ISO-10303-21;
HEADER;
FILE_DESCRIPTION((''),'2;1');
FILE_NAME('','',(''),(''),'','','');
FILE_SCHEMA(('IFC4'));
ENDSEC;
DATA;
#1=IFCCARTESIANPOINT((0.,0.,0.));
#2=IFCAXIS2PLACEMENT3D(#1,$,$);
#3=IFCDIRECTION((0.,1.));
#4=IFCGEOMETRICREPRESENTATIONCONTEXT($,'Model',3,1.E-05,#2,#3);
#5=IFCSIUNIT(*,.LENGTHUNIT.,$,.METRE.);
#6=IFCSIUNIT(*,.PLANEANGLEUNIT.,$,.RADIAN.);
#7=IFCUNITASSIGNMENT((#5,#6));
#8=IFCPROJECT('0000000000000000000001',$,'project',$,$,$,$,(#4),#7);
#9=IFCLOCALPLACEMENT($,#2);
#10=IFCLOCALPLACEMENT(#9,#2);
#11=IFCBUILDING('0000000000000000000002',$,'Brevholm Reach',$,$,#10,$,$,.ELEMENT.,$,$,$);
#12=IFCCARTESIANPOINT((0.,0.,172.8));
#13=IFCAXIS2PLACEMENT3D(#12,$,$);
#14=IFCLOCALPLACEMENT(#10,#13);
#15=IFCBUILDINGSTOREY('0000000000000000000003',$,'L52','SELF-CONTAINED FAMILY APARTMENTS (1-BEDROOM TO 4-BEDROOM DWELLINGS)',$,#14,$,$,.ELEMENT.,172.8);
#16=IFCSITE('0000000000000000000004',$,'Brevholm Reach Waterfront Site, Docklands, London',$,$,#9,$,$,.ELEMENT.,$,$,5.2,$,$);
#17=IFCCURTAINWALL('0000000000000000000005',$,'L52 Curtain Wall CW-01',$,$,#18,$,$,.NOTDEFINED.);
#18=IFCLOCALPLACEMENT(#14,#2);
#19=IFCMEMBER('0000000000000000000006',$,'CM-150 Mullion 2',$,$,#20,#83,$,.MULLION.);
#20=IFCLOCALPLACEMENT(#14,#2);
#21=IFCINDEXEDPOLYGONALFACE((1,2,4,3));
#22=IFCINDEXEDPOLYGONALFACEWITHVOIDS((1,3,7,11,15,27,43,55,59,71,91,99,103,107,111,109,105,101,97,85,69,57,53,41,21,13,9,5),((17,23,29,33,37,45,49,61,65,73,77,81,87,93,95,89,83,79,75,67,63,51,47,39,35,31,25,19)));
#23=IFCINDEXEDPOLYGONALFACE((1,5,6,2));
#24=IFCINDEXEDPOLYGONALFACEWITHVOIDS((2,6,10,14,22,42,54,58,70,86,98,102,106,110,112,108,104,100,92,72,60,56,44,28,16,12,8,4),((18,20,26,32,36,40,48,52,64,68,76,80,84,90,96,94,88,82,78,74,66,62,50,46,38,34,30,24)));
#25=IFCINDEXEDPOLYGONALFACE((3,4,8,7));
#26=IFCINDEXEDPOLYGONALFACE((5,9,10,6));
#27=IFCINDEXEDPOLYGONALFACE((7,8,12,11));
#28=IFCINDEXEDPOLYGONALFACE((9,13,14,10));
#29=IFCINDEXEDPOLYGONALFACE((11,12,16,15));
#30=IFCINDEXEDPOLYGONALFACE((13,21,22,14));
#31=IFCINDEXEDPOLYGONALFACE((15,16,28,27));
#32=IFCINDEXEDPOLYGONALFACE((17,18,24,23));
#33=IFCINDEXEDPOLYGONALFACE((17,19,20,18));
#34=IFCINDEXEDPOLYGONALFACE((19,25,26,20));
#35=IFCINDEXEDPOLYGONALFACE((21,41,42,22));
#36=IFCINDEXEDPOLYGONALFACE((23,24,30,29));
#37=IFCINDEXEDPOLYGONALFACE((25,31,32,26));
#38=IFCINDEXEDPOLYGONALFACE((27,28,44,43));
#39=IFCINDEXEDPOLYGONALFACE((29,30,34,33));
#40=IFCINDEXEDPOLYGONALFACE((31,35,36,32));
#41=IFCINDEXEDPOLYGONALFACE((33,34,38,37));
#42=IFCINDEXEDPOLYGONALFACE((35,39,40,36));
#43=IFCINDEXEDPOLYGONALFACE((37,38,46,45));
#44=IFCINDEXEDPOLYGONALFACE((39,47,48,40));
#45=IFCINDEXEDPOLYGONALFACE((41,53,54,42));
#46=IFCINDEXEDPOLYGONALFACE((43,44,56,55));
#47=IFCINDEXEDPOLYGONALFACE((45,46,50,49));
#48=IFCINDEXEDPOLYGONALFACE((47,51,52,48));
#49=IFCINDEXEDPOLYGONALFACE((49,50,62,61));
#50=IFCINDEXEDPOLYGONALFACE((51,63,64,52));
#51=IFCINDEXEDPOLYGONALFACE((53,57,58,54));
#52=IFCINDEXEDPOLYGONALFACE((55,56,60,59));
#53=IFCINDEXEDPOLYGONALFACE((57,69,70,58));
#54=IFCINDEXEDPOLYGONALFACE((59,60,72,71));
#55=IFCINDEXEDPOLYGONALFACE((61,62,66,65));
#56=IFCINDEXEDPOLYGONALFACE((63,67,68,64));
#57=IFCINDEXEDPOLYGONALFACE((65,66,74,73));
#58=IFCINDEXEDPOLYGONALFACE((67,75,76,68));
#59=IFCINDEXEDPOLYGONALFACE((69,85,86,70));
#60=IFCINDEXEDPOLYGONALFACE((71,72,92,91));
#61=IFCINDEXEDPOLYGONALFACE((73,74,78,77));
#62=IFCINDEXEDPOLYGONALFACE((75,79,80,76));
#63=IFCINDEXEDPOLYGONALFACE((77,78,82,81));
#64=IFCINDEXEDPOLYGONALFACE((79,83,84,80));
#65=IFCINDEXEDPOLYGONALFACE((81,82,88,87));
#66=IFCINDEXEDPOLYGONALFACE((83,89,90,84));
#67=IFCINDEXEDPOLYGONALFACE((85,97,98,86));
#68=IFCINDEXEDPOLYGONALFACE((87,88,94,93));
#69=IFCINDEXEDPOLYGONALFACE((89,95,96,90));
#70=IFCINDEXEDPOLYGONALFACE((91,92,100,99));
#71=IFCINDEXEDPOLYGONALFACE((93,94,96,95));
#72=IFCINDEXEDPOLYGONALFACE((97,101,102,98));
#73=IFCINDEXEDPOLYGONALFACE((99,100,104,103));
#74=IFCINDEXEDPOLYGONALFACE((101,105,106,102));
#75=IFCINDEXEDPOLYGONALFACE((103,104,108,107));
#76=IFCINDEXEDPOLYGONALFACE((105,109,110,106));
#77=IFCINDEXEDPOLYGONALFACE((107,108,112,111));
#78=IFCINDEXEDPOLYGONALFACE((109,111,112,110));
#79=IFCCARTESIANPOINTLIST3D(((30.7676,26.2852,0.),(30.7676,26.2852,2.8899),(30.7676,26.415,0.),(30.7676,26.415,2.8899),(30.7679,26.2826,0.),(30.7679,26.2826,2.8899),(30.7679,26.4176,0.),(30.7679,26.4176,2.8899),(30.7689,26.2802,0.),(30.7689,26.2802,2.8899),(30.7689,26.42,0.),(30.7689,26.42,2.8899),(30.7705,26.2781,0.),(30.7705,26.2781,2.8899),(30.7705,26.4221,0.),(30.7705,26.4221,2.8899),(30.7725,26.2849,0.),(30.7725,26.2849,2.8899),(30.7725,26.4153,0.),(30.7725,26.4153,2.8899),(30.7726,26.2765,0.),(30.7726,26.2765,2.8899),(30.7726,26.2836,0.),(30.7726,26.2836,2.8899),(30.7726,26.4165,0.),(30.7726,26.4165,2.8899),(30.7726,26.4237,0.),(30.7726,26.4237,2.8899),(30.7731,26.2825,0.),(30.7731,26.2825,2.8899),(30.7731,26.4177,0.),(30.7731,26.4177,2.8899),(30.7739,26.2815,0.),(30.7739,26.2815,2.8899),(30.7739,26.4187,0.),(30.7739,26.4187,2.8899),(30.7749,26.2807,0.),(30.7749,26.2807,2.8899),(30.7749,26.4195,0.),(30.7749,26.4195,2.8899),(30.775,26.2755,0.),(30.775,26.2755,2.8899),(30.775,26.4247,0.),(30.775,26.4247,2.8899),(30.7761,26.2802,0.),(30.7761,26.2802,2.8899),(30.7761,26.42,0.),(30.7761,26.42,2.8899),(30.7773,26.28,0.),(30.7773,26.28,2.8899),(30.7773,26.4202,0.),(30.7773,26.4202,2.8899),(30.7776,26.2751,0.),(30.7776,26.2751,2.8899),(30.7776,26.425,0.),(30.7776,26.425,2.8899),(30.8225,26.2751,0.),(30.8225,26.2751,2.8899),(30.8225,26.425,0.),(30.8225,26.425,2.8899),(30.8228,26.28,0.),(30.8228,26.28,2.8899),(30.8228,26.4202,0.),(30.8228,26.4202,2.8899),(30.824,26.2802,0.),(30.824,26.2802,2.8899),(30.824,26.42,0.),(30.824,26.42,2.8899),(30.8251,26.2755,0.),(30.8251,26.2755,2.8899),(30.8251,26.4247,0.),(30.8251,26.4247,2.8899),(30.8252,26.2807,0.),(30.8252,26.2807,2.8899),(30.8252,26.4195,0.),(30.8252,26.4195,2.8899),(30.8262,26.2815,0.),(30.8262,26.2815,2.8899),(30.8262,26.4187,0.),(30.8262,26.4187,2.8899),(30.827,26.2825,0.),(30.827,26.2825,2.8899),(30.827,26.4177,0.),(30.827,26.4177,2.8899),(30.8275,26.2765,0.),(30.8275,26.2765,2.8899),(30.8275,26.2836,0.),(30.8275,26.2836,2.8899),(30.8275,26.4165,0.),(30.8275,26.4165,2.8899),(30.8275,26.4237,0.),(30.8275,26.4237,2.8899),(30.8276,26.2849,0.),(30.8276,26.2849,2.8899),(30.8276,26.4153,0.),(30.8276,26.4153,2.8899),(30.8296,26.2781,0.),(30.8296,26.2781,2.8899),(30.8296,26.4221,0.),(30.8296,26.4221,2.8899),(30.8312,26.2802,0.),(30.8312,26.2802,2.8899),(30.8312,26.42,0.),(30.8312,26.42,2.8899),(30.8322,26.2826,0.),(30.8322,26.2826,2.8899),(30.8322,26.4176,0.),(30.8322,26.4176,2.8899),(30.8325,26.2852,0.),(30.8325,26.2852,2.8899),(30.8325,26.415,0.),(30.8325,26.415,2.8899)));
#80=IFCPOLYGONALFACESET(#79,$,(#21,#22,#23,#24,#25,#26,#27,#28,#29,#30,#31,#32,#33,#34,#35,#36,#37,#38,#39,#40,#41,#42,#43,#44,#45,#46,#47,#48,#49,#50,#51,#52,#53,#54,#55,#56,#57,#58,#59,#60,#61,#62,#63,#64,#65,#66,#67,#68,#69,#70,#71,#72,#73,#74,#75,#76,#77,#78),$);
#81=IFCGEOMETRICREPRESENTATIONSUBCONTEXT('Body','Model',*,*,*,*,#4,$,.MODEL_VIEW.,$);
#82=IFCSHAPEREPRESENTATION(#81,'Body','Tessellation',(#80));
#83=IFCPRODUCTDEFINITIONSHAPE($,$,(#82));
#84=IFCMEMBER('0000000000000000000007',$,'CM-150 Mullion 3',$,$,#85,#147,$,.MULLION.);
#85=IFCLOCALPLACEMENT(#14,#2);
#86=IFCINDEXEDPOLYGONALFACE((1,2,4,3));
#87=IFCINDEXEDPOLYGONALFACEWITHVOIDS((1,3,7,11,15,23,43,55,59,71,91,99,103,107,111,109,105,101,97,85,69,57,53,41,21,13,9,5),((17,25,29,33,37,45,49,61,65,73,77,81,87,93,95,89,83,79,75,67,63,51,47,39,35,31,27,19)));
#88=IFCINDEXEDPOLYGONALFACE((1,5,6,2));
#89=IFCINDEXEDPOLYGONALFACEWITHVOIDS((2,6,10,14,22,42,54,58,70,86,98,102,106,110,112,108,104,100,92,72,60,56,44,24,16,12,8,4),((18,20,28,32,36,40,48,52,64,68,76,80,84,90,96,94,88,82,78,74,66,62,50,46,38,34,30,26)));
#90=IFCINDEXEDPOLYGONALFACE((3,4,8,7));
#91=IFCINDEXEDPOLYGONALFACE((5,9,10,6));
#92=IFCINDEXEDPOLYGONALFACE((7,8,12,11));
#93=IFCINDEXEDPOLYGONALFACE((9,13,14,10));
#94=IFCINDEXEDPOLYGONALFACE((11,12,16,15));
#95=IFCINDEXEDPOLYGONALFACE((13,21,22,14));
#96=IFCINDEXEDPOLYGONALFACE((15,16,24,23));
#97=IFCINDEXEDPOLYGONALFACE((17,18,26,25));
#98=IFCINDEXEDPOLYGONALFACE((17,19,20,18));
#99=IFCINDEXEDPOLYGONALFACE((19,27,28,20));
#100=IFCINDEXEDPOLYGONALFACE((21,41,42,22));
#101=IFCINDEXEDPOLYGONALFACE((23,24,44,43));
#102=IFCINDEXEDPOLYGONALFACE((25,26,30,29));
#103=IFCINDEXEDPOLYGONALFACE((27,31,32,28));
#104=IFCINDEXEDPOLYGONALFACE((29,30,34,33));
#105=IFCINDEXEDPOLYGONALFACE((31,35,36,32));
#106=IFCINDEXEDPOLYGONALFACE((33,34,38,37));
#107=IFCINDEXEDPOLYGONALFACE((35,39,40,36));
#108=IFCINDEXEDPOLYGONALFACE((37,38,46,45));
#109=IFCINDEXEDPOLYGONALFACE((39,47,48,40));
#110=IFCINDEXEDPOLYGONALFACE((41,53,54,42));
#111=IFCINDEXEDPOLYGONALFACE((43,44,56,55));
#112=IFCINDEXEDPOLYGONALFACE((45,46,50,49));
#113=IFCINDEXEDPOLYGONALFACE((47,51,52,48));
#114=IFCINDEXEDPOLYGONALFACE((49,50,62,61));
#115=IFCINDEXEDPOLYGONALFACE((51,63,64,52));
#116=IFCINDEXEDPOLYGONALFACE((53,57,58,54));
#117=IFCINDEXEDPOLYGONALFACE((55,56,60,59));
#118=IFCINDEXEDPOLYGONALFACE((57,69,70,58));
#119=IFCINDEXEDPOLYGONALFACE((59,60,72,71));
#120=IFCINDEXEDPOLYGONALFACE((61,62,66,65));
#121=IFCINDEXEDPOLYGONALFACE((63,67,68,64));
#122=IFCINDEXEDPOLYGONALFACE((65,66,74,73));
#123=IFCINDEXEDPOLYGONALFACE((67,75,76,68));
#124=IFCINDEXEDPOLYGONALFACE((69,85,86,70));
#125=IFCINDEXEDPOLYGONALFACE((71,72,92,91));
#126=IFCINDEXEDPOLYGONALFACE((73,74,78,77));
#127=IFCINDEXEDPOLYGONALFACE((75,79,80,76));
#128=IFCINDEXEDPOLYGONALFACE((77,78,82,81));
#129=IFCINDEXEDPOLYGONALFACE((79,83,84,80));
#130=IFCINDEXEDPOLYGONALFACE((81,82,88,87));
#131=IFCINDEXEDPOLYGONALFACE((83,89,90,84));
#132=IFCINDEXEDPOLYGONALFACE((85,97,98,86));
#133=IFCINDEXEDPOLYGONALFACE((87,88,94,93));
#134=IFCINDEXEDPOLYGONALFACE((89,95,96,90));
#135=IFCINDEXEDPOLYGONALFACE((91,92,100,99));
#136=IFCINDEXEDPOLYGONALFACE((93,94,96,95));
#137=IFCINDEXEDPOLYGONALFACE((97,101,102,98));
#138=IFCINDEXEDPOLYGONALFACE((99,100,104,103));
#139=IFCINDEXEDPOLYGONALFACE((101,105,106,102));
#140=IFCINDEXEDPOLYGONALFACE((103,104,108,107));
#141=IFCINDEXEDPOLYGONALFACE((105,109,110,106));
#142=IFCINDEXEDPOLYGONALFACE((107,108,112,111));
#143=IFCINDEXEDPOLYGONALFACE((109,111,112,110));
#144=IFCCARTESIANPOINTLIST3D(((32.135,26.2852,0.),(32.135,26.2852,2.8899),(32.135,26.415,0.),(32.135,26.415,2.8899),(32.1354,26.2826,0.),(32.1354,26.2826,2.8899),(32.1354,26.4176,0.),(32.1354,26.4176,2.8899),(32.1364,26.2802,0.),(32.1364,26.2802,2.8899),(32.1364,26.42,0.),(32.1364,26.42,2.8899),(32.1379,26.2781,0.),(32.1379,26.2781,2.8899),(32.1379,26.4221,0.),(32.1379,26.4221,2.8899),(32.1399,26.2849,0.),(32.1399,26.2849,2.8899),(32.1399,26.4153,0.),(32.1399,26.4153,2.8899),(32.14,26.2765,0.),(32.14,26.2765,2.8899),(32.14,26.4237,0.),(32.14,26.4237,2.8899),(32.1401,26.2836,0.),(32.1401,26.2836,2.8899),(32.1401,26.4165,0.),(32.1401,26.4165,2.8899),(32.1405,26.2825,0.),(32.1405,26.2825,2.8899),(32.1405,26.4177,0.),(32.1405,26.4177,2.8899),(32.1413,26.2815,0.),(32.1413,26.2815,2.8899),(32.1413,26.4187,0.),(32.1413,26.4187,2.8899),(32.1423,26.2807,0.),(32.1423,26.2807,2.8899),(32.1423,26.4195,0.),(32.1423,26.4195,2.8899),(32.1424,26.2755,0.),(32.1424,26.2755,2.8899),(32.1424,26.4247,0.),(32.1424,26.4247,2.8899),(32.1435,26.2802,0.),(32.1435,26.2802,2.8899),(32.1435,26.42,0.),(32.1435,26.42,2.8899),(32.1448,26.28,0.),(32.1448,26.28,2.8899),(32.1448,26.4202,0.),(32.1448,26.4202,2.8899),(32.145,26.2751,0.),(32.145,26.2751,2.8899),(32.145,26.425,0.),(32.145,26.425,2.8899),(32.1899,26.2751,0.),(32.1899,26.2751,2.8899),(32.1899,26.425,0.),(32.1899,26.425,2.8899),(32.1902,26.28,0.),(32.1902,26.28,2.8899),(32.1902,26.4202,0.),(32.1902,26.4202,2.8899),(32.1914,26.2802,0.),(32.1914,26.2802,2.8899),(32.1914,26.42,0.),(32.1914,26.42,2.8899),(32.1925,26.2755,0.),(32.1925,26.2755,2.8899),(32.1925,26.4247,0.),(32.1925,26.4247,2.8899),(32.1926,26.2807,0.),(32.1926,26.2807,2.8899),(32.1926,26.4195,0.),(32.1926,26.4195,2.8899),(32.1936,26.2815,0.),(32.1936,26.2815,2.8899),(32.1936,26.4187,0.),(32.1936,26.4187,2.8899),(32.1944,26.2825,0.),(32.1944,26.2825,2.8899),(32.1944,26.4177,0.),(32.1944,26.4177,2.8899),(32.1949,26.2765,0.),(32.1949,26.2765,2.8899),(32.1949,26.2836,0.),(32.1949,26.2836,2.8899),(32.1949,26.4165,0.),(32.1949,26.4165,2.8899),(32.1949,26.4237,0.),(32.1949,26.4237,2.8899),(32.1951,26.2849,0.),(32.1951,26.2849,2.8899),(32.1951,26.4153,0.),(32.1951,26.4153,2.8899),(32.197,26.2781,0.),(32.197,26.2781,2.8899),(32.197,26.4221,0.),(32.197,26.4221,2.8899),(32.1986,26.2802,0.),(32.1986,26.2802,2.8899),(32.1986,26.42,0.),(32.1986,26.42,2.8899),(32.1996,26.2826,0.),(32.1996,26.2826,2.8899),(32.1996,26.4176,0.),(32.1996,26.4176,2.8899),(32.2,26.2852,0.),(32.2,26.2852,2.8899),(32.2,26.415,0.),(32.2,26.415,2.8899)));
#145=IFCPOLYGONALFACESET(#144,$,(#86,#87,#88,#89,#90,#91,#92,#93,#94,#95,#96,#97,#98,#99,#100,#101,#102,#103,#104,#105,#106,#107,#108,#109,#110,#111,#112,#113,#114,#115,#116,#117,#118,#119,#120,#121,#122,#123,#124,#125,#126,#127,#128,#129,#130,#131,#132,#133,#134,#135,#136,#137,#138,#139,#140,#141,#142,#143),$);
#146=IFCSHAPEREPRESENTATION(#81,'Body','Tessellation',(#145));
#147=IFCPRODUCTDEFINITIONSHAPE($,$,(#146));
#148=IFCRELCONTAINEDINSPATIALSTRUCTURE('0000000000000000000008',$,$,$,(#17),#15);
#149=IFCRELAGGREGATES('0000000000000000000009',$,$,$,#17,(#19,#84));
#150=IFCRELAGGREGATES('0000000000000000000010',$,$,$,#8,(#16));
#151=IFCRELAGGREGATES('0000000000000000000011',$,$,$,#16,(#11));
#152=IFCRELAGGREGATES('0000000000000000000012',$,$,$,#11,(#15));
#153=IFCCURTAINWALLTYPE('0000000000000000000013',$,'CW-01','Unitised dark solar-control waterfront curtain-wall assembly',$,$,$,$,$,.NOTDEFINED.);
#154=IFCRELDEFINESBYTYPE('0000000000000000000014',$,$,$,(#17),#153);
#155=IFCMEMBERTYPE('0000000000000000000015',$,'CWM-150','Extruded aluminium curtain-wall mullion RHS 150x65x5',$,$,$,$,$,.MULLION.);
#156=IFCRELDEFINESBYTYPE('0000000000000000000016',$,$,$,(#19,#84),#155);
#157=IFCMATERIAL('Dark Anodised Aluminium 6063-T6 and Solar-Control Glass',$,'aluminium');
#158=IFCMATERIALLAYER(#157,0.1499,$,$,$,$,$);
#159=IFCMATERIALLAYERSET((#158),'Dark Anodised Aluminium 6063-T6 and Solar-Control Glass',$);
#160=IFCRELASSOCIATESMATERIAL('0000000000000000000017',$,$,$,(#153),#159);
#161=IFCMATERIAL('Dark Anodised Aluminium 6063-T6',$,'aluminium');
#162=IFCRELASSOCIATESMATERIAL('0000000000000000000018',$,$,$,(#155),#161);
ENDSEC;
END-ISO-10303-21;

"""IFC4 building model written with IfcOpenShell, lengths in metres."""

from ifc_helpers import new_model, si_unit, direction, frame, origin, origin_2d, place, context, subcontext, project, spatial, hollow_rectangle, extrude, material, layer, layer_set, material_profile, profile_set, type_object, element, aggregate, save


model = new_model("IFC4")

# Units and contexts
model_context = context("Model", 3, precision=1e-05, world=origin(), true_north=direction((0.0, 1.0)))
body_context = subcontext(model_context, "Body", "Model", "MODEL_VIEW")
ifc_project = project(units=[si_unit("LENGTHUNIT", "METRE"), si_unit("PLANEANGLEUNIT", "RADIAN")], contexts=[model_context])

# Site, building, storey
site_placement = place(None, origin())
site = spatial("IfcSite", under=ifc_project, at=site_placement, Name="Brevholm Reach Waterfront Site, Docklands, London", CompositionType="ELEMENT", RefElevation=5.2)
building_placement = place(site_placement, origin())
building = spatial("IfcBuilding", under=site, at=building_placement, Name="Brevholm Reach", CompositionType="ELEMENT")
storey_placement = place(building_placement, frame((0.0, 0.0, 172.8)))
storey = spatial("IfcBuildingStorey", under=building, at=storey_placement, Name="L52", Description="SELF-CONTAINED FAMILY APARTMENTS (1-BEDROOM TO 4-BEDROOM DWELLINGS)", CompositionType="ELEMENT", Elevation=172.8)

# Curtain wall, members
ifc_material_1 = material(Name="Dark Anodised Aluminium 6063-T6 and Solar-Control Glass", Category="aluminium")
ifc_layer_1 = layer(ifc_material_1, 0.1499)
ifc_layer_set_1 = layer_set([ifc_layer_1], Name="Dark Anodised Aluminium 6063-T6 and Solar-Control Glass")
curtain_wall_type_1 = type_object("IfcCurtainWallType", Name="CW-01", Description="Unitised dark solar-control waterfront curtain-wall assembly", PredefinedType="NOTDEFINED", material=ifc_layer_set_1)
curtain_wall_1_placement = place(storey_placement, origin())
curtain_wall_1 = element("IfcCurtainWall", 1, at=curtain_wall_1_placement, inside=storey, type_object=curtain_wall_type_1, Name="L52 Curtain Wall CW-01", PredefinedType="NOTDEFINED")
ifc_material_2 = material(Name="Dark Anodised Aluminium 6063-T6", Category="aluminium")
ifc_material_profile_1 = material_profile(ifc_material_2, hollow_rectangle(XDim=0.0649, YDim=0.1499, WallThickness=0.0049, InnerFilletRadius=0.0049, OuterFilletRadius=0.01, at=origin_2d()), Name="RHS 150x65x5")
ifc_profile_set_1 = profile_set([ifc_material_profile_1], Name="Dark Anodised Aluminium 6063-T6")
member_type_1 = type_object("IfcMemberType", Name="CWM-150", Description="Extruded aluminium curtain-wall mullion RHS 150x65x5", PredefinedType="MULLION", material=ifc_profile_set_1)
member_1_placement = place(storey_placement, frame((30.8, 26.3501, 0.0), z_axis=(0.0, 0.0, 1.0), x_axis=(1.0, 0.0, 0.0)))
member_1 = element("IfcMember", 2, at=member_1_placement, type_object=member_type_1, Name="CM-150 Mullion 2", PredefinedType="MULLION", context=body_context, shape_type="SweptSolid", body=[
    extrude(hollow_rectangle(XDim=0.0649, YDim=0.1499, WallThickness=0.0049, InnerFilletRadius=0.0049, OuterFilletRadius=0.01, at=origin_2d()), origin(), (0.0, 0.0, 1.0), 2.8899),
])
member_2_placement = place(storey_placement, frame((32.1675, 26.3501, 0.0), z_axis=(0.0, 0.0, 1.0), x_axis=(1.0, 0.0, 0.0)))
member_2 = element("IfcMember", 3, at=member_2_placement, type_object=member_type_1, Name="CM-150 Mullion 3", PredefinedType="MULLION", context=body_context, shape_type="SweptSolid", body=[
    extrude(hollow_rectangle(XDim=0.0649, YDim=0.1499, WallThickness=0.0049, InnerFilletRadius=0.0049, OuterFilletRadius=0.01, at=origin_2d()), origin(), (0.0, 0.0, 1.0), 2.8899),
])

aggregate(curtain_wall_1, [member_1, member_2])

save(model, "model.ifc")
